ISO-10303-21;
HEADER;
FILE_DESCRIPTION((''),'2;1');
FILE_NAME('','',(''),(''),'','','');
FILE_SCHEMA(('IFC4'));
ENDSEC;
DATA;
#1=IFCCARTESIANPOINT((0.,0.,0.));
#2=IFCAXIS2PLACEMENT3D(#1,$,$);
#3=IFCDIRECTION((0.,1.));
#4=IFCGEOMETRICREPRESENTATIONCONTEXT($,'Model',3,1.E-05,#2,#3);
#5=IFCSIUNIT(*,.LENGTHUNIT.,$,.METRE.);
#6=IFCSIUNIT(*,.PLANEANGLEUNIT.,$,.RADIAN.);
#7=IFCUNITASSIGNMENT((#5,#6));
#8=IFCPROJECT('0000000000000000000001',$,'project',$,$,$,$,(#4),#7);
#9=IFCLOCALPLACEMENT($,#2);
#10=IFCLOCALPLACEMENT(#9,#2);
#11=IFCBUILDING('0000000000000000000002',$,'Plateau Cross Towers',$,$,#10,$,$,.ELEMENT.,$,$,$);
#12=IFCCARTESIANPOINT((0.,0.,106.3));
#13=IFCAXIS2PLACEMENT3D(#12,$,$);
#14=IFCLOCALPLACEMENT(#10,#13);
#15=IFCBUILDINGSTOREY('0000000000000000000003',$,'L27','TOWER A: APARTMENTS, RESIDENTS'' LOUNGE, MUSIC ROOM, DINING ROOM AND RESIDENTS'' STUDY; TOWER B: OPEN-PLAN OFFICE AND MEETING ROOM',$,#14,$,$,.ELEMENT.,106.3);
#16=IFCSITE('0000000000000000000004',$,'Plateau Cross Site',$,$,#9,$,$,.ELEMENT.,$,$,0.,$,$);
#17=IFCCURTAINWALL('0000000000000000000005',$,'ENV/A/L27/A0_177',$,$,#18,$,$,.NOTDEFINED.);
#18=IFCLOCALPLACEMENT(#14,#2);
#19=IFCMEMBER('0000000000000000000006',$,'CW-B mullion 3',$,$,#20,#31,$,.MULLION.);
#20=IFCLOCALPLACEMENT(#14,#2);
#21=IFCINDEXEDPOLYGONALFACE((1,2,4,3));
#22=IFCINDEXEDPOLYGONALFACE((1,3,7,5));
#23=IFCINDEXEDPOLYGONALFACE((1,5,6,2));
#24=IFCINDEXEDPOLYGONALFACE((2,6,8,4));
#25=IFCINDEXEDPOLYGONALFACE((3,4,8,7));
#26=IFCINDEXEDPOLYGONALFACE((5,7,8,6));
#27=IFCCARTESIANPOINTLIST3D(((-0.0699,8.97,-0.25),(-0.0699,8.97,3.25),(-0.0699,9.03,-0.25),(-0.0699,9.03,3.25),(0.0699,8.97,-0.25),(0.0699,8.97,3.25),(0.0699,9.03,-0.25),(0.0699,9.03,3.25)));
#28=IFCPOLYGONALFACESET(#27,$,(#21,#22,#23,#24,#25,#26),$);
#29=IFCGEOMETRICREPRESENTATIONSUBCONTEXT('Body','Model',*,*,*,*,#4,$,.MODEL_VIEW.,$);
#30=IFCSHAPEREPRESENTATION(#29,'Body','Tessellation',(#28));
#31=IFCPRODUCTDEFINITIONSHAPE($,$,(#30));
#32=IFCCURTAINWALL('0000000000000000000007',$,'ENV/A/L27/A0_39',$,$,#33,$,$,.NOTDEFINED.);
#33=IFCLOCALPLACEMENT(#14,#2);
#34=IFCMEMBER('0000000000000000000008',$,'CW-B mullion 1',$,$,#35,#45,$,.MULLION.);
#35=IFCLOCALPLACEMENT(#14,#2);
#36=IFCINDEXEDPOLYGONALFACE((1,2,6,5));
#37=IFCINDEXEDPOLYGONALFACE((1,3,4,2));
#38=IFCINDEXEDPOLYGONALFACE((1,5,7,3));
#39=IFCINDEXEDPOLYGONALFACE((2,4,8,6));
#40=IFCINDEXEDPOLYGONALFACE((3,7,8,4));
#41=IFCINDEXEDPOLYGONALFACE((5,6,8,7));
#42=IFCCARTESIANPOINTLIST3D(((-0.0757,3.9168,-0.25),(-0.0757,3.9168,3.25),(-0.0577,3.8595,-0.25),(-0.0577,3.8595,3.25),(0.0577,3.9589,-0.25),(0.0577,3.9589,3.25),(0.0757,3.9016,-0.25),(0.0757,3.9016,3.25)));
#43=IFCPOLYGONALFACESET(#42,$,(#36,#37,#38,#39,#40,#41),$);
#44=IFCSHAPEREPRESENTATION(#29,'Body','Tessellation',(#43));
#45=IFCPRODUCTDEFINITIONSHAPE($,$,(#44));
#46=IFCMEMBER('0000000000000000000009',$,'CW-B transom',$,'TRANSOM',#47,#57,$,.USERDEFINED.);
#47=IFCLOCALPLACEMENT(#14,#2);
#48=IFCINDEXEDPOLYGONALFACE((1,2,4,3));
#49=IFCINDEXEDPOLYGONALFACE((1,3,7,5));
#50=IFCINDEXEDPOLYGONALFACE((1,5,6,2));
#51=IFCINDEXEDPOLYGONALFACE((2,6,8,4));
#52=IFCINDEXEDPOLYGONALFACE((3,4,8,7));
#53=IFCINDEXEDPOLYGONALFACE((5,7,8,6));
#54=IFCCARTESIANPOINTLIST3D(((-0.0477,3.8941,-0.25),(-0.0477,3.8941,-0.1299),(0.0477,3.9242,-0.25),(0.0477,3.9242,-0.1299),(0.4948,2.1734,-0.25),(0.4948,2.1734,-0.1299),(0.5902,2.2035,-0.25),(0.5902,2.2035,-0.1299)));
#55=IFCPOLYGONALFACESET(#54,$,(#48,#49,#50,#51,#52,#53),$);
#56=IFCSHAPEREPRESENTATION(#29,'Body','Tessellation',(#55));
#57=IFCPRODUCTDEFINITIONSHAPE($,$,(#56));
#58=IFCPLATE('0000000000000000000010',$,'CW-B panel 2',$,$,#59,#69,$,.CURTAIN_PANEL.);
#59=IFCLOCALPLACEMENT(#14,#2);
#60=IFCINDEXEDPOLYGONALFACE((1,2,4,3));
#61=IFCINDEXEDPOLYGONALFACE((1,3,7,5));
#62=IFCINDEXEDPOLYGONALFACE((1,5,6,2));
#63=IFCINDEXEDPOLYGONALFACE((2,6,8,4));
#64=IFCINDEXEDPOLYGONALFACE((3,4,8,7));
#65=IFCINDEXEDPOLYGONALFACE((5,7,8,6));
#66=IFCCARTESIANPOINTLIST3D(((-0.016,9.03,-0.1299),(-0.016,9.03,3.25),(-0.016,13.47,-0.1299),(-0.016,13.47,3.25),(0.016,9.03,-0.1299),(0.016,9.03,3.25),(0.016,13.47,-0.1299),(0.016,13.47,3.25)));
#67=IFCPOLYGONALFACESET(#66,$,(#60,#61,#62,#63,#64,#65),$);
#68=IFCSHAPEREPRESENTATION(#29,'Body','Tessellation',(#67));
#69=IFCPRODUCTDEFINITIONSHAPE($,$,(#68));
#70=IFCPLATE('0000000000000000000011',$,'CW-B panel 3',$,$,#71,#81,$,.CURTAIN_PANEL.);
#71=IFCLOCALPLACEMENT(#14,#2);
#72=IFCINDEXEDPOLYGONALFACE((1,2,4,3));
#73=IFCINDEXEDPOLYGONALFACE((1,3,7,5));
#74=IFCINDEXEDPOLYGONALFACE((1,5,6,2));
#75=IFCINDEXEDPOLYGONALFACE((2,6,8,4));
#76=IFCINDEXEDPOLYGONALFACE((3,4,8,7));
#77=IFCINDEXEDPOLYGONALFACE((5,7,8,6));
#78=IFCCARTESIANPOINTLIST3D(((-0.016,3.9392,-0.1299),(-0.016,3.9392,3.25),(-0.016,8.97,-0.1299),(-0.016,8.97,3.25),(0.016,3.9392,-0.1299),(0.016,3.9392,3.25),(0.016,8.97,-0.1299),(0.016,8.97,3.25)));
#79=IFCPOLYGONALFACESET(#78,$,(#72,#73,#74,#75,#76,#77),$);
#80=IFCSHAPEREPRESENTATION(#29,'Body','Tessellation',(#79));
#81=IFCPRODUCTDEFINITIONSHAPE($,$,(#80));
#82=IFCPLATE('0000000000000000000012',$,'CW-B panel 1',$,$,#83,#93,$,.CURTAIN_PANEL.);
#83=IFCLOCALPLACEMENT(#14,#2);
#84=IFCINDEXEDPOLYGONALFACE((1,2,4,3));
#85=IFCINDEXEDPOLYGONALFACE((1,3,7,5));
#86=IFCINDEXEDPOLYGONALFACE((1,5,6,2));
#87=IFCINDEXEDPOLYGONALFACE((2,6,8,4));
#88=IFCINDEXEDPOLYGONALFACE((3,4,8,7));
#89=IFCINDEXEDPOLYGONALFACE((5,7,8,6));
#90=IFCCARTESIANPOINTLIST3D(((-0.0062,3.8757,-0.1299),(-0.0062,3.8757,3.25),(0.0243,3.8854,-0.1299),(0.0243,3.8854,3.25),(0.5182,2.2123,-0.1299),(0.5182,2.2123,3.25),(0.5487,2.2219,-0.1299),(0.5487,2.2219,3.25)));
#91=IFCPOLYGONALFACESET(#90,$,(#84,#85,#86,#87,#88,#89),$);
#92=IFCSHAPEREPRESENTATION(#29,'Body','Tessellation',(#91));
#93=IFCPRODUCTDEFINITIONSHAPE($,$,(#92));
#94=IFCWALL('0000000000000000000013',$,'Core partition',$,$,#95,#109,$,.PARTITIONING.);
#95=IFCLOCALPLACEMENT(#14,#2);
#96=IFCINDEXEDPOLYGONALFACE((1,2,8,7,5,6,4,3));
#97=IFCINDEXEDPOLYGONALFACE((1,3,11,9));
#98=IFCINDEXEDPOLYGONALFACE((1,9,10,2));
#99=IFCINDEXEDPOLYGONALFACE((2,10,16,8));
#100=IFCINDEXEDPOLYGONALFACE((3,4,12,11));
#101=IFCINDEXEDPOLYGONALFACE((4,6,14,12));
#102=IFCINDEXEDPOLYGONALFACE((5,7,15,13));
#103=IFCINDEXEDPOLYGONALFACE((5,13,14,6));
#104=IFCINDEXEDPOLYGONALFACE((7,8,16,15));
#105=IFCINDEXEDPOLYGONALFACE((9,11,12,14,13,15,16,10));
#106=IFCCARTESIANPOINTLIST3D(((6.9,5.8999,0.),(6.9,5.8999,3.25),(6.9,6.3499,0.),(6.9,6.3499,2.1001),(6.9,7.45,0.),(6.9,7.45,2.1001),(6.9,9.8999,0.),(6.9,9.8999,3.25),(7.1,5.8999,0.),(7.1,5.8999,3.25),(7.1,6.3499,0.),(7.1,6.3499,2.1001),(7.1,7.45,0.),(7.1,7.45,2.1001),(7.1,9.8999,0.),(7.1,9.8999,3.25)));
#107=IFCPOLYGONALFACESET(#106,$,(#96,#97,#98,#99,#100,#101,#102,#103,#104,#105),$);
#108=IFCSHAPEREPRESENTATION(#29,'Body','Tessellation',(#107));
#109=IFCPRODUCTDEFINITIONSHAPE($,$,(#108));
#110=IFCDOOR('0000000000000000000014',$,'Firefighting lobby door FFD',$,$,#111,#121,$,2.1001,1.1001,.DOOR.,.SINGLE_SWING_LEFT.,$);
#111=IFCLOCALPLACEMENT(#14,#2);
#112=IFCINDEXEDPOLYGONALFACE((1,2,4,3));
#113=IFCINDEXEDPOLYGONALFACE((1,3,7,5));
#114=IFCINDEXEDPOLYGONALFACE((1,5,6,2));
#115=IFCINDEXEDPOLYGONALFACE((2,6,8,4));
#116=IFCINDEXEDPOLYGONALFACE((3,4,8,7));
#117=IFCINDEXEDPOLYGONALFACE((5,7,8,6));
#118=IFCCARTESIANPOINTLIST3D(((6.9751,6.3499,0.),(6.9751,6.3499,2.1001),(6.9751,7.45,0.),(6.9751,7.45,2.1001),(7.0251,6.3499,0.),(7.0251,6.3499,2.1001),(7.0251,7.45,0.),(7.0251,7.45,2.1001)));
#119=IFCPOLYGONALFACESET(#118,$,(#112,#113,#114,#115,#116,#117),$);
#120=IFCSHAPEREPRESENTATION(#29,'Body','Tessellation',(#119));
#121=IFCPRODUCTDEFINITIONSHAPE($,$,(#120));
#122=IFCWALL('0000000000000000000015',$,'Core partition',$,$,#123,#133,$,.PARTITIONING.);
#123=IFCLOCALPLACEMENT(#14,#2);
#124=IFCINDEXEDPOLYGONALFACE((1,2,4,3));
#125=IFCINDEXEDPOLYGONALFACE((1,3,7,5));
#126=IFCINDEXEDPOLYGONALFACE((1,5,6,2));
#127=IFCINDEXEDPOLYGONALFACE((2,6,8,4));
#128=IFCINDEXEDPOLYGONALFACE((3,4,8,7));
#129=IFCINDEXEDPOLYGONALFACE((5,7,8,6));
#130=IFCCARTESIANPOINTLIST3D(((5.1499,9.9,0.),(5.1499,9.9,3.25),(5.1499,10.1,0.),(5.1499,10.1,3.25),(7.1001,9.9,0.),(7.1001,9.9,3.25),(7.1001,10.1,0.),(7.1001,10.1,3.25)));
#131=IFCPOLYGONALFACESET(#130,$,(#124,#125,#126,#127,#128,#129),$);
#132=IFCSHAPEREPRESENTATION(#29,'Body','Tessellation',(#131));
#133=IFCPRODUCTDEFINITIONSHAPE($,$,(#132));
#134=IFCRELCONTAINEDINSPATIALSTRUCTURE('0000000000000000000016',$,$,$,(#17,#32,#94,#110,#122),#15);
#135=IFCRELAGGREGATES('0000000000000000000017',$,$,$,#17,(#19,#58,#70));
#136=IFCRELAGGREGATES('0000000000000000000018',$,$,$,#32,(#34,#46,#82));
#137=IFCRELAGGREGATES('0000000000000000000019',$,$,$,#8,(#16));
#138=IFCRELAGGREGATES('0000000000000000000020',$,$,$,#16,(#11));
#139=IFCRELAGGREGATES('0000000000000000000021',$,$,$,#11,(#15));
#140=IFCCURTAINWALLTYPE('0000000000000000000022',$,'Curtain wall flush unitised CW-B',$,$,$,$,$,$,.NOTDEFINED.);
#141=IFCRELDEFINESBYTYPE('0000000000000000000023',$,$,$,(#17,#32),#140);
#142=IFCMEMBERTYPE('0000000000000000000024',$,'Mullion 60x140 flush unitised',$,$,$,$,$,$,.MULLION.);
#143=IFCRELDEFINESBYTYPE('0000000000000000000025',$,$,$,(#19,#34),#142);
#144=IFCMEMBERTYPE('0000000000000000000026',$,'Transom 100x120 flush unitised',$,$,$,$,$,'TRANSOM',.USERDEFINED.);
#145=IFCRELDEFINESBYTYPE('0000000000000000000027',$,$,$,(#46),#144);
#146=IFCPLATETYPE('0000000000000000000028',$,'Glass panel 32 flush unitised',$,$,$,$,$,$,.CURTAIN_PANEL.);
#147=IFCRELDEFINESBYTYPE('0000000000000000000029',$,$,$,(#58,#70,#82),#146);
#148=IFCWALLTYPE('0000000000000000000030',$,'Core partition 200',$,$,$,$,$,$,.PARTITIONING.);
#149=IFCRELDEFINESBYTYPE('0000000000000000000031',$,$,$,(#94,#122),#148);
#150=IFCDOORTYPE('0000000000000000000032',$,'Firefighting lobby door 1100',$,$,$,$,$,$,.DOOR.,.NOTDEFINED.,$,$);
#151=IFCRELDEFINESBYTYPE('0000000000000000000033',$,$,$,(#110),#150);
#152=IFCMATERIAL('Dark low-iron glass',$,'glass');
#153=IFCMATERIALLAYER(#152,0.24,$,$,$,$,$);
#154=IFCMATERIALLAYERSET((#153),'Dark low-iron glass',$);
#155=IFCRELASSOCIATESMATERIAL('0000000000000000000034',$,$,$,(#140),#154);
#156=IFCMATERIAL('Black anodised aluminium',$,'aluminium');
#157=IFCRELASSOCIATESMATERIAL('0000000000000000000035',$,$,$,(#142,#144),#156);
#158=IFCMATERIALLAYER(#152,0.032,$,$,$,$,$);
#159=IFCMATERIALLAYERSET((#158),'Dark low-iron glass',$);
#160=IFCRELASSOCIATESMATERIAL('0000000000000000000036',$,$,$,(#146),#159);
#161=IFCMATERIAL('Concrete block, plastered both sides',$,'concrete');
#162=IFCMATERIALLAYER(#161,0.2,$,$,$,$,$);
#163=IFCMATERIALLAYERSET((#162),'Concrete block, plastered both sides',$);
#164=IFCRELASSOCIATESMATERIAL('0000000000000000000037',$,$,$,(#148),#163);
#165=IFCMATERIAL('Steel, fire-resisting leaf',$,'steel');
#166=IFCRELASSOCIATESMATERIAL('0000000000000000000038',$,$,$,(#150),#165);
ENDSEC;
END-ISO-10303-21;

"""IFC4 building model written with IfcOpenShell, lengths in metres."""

from ifc_helpers import new_model, si_unit, direction, frame, frame_2d, origin, origin_2d, place, context, subcontext, project, spatial, rectangle, extrude, material, layer, layer_set, material_profile, profile_set, type_object, element, fill, aggregate, save


model = new_model("IFC4")

# Units and contexts
model_context = context("Model", 3, precision=1e-05, world=origin(), true_north=direction((0.0, 1.0)))
body_context = subcontext(model_context, "Body", "Model", "MODEL_VIEW")
ifc_project = project(units=[si_unit("LENGTHUNIT", "METRE"), si_unit("PLANEANGLEUNIT", "RADIAN")], contexts=[model_context])

# Site, building, storey
site_placement = place(None, origin())
site = spatial("IfcSite", under=ifc_project, at=site_placement, Name="Plateau Cross Site", CompositionType="ELEMENT", RefElevation=0.0)
building_placement = place(site_placement, origin())
building = spatial("IfcBuilding", under=site, at=building_placement, Name="Plateau Cross Towers", CompositionType="ELEMENT")
storey_placement = place(building_placement, frame((0.0, 0.0, 106.3)))
storey = spatial("IfcBuildingStorey", under=building, at=storey_placement, Name="L27", Description="TOWER A: APARTMENTS, RESIDENTS' LOUNGE, MUSIC ROOM, DINING ROOM AND RESIDENTS' STUDY; TOWER B: OPEN-PLAN OFFICE AND MEETING ROOM", CompositionType="ELEMENT", Elevation=106.3)

# Curtain wall, member
ifc_material_1 = material(Name="Dark low-iron glass", Category="glass")
ifc_layer_1 = layer(ifc_material_1, 0.24)
ifc_layer_set_1 = layer_set([ifc_layer_1], Name="Dark low-iron glass")
curtain_wall_type = type_object("IfcCurtainWallType", Name="Curtain wall flush unitised CW-B", PredefinedType="NOTDEFINED", material=ifc_layer_set_1)
curtain_wall_1_placement = place(storey_placement, origin())
curtain_wall_1 = element("IfcCurtainWall", 1, at=curtain_wall_1_placement, inside=storey, type_object=curtain_wall_type, Name="ENV/A/L27/A0_177", PredefinedType="NOTDEFINED")
ifc_material_2 = material(Name="Black anodised aluminium", Category="aluminium")
ifc_material_profile_1 = material_profile(ifc_material_2, rectangle(XDim=0.0601, YDim=0.1399, at=origin_2d()), Name="MULLION 60x140")
ifc_profile_set_1 = profile_set([ifc_material_profile_1], Name="Black anodised aluminium")
member_type_1 = type_object("IfcMemberType", Name="Mullion 60x140 flush unitised", PredefinedType="MULLION", material=ifc_profile_set_1)
member_1_placement = place(storey_placement, frame((0.0, 9.0, -0.25), z_axis=(0.0, 0.0, 1.0), x_axis=(0.0, -1.0, 0.0)))
member_1 = element("IfcMember", 2, at=member_1_placement, type_object=member_type_1, Name="CW-B mullion 3", PredefinedType="MULLION", context=body_context, shape_type="SweptSolid", body=[
    extrude(rectangle(XDim=0.0601, YDim=0.1399, at=origin_2d()), origin(), (0.0, 0.0, 1.0), 3.5),
])

# Curtain wall, members
curtain_wall_2_placement = place(storey_placement, origin())
curtain_wall_2 = element("IfcCurtainWall", 3, at=curtain_wall_2_placement, inside=storey, type_object=curtain_wall_type, Name="ENV/A/L27/A0_39", PredefinedType="NOTDEFINED")
member_2_placement = place(storey_placement, frame((0.0, 3.9092, -0.25), z_axis=(0.0, 0.0, 1.0), x_axis=(0.300686, -0.953723, 0.0)))
member_2 = element("IfcMember", 4, at=member_2_placement, type_object=member_type_1, Name="CW-B mullion 1", PredefinedType="MULLION", context=body_context, shape_type="SweptSolid", body=[
    extrude(rectangle(XDim=0.0601, YDim=0.1399, at=origin_2d()), origin(), (0.0, 0.0, 1.0), 3.5),
])
ifc_material_profile_2 = material_profile(ifc_material_2, rectangle(XDim=0.1001, YDim=0.1201, at=origin_2d()), Name="TRANSOM 100x120")
ifc_profile_set_2 = profile_set([ifc_material_profile_2], Name="Black anodised aluminium")
member_type_2 = type_object("IfcMemberType", Name="Transom 100x120 flush unitised", ElementType="TRANSOM", PredefinedType="USERDEFINED", material=ifc_profile_set_2)
member_3_placement = place(storey_placement, frame((0.0, 3.9092, -0.1899), z_axis=(0.300678, -0.953726, 0.0), x_axis=(0.953726, 0.300678, 0.0)))
member_3 = element("IfcMember", 5, at=member_3_placement, type_object=member_type_2, Name="CW-B transom", ObjectType="TRANSOM", PredefinedType="USERDEFINED", context=body_context, shape_type="SweptSolid", body=[
    extrude(rectangle(XDim=0.1001, YDim=0.1201, at=origin_2d()), origin(), (0.0, 0.0, 1.0), 1.8042),
])

# Plates
ifc_layer_2 = layer(ifc_material_1, 0.032)
ifc_layer_set_2 = layer_set([ifc_layer_2], Name="Dark low-iron glass")
plate_type = type_object("IfcPlateType", Name="Glass panel 32 flush unitised", PredefinedType="CURTAIN_PANEL", material=ifc_layer_set_2)
plate_1_placement = place(storey_placement, frame((0.0, 11.25, -0.1299), z_axis=(0.0, 0.0, 1.0), x_axis=(0.0, -1.0, 0.0)))
plate_1 = element("IfcPlate", 6, at=plate_1_placement, type_object=plate_type, Name="CW-B panel 2", PredefinedType="CURTAIN_PANEL", context=body_context, shape_type="SweptSolid", body=[
    extrude(rectangle(XDim=4.4399, YDim=0.032, at=origin_2d()), origin(), (0.0, 0.0, 1.0), 3.3799),
])
plate_2_placement = place(storey_placement, frame((0.0, 6.4546, -0.1299), z_axis=(0.0, 0.0, 1.0), x_axis=(0.0, -1.0, 0.0)))
plate_2 = element("IfcPlate", 7, at=plate_2_placement, type_object=plate_type, Name="CW-B panel 3", PredefinedType="CURTAIN_PANEL", context=body_context, shape_type="SweptSolid", body=[
    extrude(rectangle(XDim=5.0308, YDim=0.032, at=origin_2d()), origin(), (0.0, 0.0, 1.0), 3.3799),
])
aggregate(curtain_wall_1, [member_1, plate_1, plate_2])
plate_3_placement = place(storey_placement, frame((0.2712, 3.0488, -0.1299), z_axis=(0.0, 0.0, 1.0), x_axis=(0.300686, -0.953723, 0.0)))
plate_3 = element("IfcPlate", 8, at=plate_3_placement, type_object=plate_type, Name="CW-B panel 1", PredefinedType="CURTAIN_PANEL", context=body_context, shape_type="SweptSolid", body=[
    extrude(rectangle(XDim=1.7441, YDim=0.032, at=origin_2d()), origin(), (0.0, 0.0, 1.0), 3.3799),
])
aggregate(curtain_wall_2, [member_2, member_3, plate_3])

# Wall, opening, door
ifc_material_3 = material(Name="Concrete block, plastered both sides", Category="concrete")
ifc_layer_3 = layer(ifc_material_3, 0.2)
ifc_layer_set_3 = layer_set([ifc_layer_3], Name="Concrete block, plastered both sides")
wall_type_1 = type_object("IfcWallType", Name="Core partition 200", PredefinedType="PARTITIONING", material=ifc_layer_set_3)
wall_1_placement = place(storey_placement, frame((7.0, 5.8999, 0.0), z_axis=(0.0, 0.0, 1.0), x_axis=(0.0, 1.0, 0.0)))
wall_1 = element("IfcWall", 9, at=wall_1_placement, inside=storey, type_object=wall_type_1, Name="Core partition", PredefinedType="PARTITIONING", context=body_context, shape_type="SweptSolid", body=[
    extrude(rectangle(XDim=4.0, YDim=0.2, at=frame_2d((2.0, 0.0))), origin(), (0.0, 0.0, 1.0), 3.25),
])
opening_1_placement = place(wall_1_placement, frame((0.45, 0.0, 0.0)))
opening_1 = element("IfcOpeningElement", 10, at=opening_1_placement, cuts=wall_1, PredefinedType="OPENING", context=body_context, shape_type="SweptSolid", body=[
    extrude(rectangle(XDim=1.1001, YDim=2.1001, at=frame_2d((0.55, 1.05))), frame((0.0, 0.1099, 0.0), z_axis=(0.0, -1.0, 0.0), x_axis=(1.0, 0.0, 0.0)), (0.0, 0.0, 1.0), 0.22),
])
ifc_material_4 = material(Name="Steel, fire-resisting leaf", Category="steel")
door_type_1 = type_object("IfcDoorType", Name="Firefighting lobby door 1100", OperationType="NOTDEFINED", PredefinedType="DOOR", material=ifc_material_4)
door_1_placement = place(opening_1_placement, origin())
door_1 = element("IfcDoor", 11, at=door_1_placement, inside=storey, type_object=door_type_1, Name="Firefighting lobby door FFD", OperationType="SINGLE_SWING_LEFT", OverallHeight=2.1001, OverallWidth=1.1001, PredefinedType="DOOR", context=body_context, shape_type="SweptSolid", body=[
    extrude(rectangle(XDim=1.1001, YDim=2.1001, at=frame_2d((0.55, 1.05))), frame((0.0, 0.0249, 0.0), z_axis=(0.0, -1.0, 0.0), x_axis=(1.0, 0.0, 0.0)), (0.0, 0.0, 1.0), 0.05),
])
fill(opening_1, door_1)

# Wall
wall_2_placement = place(storey_placement, frame((5.1499, 10.0, 0.0), z_axis=(0.0, 0.0, 1.0), x_axis=(1.0, 0.0, 0.0)))
element("IfcWall", 12, at=wall_2_placement, inside=storey, type_object=wall_type_1, Name="Core partition", PredefinedType="PARTITIONING", context=body_context, shape_type="SweptSolid", body=[
    extrude(rectangle(XDim=1.9502, YDim=0.2, at=frame_2d((0.9751, 0.0))), origin(), (0.0, 0.0, 1.0), 3.25),
])

save(model, "model.ifc")
